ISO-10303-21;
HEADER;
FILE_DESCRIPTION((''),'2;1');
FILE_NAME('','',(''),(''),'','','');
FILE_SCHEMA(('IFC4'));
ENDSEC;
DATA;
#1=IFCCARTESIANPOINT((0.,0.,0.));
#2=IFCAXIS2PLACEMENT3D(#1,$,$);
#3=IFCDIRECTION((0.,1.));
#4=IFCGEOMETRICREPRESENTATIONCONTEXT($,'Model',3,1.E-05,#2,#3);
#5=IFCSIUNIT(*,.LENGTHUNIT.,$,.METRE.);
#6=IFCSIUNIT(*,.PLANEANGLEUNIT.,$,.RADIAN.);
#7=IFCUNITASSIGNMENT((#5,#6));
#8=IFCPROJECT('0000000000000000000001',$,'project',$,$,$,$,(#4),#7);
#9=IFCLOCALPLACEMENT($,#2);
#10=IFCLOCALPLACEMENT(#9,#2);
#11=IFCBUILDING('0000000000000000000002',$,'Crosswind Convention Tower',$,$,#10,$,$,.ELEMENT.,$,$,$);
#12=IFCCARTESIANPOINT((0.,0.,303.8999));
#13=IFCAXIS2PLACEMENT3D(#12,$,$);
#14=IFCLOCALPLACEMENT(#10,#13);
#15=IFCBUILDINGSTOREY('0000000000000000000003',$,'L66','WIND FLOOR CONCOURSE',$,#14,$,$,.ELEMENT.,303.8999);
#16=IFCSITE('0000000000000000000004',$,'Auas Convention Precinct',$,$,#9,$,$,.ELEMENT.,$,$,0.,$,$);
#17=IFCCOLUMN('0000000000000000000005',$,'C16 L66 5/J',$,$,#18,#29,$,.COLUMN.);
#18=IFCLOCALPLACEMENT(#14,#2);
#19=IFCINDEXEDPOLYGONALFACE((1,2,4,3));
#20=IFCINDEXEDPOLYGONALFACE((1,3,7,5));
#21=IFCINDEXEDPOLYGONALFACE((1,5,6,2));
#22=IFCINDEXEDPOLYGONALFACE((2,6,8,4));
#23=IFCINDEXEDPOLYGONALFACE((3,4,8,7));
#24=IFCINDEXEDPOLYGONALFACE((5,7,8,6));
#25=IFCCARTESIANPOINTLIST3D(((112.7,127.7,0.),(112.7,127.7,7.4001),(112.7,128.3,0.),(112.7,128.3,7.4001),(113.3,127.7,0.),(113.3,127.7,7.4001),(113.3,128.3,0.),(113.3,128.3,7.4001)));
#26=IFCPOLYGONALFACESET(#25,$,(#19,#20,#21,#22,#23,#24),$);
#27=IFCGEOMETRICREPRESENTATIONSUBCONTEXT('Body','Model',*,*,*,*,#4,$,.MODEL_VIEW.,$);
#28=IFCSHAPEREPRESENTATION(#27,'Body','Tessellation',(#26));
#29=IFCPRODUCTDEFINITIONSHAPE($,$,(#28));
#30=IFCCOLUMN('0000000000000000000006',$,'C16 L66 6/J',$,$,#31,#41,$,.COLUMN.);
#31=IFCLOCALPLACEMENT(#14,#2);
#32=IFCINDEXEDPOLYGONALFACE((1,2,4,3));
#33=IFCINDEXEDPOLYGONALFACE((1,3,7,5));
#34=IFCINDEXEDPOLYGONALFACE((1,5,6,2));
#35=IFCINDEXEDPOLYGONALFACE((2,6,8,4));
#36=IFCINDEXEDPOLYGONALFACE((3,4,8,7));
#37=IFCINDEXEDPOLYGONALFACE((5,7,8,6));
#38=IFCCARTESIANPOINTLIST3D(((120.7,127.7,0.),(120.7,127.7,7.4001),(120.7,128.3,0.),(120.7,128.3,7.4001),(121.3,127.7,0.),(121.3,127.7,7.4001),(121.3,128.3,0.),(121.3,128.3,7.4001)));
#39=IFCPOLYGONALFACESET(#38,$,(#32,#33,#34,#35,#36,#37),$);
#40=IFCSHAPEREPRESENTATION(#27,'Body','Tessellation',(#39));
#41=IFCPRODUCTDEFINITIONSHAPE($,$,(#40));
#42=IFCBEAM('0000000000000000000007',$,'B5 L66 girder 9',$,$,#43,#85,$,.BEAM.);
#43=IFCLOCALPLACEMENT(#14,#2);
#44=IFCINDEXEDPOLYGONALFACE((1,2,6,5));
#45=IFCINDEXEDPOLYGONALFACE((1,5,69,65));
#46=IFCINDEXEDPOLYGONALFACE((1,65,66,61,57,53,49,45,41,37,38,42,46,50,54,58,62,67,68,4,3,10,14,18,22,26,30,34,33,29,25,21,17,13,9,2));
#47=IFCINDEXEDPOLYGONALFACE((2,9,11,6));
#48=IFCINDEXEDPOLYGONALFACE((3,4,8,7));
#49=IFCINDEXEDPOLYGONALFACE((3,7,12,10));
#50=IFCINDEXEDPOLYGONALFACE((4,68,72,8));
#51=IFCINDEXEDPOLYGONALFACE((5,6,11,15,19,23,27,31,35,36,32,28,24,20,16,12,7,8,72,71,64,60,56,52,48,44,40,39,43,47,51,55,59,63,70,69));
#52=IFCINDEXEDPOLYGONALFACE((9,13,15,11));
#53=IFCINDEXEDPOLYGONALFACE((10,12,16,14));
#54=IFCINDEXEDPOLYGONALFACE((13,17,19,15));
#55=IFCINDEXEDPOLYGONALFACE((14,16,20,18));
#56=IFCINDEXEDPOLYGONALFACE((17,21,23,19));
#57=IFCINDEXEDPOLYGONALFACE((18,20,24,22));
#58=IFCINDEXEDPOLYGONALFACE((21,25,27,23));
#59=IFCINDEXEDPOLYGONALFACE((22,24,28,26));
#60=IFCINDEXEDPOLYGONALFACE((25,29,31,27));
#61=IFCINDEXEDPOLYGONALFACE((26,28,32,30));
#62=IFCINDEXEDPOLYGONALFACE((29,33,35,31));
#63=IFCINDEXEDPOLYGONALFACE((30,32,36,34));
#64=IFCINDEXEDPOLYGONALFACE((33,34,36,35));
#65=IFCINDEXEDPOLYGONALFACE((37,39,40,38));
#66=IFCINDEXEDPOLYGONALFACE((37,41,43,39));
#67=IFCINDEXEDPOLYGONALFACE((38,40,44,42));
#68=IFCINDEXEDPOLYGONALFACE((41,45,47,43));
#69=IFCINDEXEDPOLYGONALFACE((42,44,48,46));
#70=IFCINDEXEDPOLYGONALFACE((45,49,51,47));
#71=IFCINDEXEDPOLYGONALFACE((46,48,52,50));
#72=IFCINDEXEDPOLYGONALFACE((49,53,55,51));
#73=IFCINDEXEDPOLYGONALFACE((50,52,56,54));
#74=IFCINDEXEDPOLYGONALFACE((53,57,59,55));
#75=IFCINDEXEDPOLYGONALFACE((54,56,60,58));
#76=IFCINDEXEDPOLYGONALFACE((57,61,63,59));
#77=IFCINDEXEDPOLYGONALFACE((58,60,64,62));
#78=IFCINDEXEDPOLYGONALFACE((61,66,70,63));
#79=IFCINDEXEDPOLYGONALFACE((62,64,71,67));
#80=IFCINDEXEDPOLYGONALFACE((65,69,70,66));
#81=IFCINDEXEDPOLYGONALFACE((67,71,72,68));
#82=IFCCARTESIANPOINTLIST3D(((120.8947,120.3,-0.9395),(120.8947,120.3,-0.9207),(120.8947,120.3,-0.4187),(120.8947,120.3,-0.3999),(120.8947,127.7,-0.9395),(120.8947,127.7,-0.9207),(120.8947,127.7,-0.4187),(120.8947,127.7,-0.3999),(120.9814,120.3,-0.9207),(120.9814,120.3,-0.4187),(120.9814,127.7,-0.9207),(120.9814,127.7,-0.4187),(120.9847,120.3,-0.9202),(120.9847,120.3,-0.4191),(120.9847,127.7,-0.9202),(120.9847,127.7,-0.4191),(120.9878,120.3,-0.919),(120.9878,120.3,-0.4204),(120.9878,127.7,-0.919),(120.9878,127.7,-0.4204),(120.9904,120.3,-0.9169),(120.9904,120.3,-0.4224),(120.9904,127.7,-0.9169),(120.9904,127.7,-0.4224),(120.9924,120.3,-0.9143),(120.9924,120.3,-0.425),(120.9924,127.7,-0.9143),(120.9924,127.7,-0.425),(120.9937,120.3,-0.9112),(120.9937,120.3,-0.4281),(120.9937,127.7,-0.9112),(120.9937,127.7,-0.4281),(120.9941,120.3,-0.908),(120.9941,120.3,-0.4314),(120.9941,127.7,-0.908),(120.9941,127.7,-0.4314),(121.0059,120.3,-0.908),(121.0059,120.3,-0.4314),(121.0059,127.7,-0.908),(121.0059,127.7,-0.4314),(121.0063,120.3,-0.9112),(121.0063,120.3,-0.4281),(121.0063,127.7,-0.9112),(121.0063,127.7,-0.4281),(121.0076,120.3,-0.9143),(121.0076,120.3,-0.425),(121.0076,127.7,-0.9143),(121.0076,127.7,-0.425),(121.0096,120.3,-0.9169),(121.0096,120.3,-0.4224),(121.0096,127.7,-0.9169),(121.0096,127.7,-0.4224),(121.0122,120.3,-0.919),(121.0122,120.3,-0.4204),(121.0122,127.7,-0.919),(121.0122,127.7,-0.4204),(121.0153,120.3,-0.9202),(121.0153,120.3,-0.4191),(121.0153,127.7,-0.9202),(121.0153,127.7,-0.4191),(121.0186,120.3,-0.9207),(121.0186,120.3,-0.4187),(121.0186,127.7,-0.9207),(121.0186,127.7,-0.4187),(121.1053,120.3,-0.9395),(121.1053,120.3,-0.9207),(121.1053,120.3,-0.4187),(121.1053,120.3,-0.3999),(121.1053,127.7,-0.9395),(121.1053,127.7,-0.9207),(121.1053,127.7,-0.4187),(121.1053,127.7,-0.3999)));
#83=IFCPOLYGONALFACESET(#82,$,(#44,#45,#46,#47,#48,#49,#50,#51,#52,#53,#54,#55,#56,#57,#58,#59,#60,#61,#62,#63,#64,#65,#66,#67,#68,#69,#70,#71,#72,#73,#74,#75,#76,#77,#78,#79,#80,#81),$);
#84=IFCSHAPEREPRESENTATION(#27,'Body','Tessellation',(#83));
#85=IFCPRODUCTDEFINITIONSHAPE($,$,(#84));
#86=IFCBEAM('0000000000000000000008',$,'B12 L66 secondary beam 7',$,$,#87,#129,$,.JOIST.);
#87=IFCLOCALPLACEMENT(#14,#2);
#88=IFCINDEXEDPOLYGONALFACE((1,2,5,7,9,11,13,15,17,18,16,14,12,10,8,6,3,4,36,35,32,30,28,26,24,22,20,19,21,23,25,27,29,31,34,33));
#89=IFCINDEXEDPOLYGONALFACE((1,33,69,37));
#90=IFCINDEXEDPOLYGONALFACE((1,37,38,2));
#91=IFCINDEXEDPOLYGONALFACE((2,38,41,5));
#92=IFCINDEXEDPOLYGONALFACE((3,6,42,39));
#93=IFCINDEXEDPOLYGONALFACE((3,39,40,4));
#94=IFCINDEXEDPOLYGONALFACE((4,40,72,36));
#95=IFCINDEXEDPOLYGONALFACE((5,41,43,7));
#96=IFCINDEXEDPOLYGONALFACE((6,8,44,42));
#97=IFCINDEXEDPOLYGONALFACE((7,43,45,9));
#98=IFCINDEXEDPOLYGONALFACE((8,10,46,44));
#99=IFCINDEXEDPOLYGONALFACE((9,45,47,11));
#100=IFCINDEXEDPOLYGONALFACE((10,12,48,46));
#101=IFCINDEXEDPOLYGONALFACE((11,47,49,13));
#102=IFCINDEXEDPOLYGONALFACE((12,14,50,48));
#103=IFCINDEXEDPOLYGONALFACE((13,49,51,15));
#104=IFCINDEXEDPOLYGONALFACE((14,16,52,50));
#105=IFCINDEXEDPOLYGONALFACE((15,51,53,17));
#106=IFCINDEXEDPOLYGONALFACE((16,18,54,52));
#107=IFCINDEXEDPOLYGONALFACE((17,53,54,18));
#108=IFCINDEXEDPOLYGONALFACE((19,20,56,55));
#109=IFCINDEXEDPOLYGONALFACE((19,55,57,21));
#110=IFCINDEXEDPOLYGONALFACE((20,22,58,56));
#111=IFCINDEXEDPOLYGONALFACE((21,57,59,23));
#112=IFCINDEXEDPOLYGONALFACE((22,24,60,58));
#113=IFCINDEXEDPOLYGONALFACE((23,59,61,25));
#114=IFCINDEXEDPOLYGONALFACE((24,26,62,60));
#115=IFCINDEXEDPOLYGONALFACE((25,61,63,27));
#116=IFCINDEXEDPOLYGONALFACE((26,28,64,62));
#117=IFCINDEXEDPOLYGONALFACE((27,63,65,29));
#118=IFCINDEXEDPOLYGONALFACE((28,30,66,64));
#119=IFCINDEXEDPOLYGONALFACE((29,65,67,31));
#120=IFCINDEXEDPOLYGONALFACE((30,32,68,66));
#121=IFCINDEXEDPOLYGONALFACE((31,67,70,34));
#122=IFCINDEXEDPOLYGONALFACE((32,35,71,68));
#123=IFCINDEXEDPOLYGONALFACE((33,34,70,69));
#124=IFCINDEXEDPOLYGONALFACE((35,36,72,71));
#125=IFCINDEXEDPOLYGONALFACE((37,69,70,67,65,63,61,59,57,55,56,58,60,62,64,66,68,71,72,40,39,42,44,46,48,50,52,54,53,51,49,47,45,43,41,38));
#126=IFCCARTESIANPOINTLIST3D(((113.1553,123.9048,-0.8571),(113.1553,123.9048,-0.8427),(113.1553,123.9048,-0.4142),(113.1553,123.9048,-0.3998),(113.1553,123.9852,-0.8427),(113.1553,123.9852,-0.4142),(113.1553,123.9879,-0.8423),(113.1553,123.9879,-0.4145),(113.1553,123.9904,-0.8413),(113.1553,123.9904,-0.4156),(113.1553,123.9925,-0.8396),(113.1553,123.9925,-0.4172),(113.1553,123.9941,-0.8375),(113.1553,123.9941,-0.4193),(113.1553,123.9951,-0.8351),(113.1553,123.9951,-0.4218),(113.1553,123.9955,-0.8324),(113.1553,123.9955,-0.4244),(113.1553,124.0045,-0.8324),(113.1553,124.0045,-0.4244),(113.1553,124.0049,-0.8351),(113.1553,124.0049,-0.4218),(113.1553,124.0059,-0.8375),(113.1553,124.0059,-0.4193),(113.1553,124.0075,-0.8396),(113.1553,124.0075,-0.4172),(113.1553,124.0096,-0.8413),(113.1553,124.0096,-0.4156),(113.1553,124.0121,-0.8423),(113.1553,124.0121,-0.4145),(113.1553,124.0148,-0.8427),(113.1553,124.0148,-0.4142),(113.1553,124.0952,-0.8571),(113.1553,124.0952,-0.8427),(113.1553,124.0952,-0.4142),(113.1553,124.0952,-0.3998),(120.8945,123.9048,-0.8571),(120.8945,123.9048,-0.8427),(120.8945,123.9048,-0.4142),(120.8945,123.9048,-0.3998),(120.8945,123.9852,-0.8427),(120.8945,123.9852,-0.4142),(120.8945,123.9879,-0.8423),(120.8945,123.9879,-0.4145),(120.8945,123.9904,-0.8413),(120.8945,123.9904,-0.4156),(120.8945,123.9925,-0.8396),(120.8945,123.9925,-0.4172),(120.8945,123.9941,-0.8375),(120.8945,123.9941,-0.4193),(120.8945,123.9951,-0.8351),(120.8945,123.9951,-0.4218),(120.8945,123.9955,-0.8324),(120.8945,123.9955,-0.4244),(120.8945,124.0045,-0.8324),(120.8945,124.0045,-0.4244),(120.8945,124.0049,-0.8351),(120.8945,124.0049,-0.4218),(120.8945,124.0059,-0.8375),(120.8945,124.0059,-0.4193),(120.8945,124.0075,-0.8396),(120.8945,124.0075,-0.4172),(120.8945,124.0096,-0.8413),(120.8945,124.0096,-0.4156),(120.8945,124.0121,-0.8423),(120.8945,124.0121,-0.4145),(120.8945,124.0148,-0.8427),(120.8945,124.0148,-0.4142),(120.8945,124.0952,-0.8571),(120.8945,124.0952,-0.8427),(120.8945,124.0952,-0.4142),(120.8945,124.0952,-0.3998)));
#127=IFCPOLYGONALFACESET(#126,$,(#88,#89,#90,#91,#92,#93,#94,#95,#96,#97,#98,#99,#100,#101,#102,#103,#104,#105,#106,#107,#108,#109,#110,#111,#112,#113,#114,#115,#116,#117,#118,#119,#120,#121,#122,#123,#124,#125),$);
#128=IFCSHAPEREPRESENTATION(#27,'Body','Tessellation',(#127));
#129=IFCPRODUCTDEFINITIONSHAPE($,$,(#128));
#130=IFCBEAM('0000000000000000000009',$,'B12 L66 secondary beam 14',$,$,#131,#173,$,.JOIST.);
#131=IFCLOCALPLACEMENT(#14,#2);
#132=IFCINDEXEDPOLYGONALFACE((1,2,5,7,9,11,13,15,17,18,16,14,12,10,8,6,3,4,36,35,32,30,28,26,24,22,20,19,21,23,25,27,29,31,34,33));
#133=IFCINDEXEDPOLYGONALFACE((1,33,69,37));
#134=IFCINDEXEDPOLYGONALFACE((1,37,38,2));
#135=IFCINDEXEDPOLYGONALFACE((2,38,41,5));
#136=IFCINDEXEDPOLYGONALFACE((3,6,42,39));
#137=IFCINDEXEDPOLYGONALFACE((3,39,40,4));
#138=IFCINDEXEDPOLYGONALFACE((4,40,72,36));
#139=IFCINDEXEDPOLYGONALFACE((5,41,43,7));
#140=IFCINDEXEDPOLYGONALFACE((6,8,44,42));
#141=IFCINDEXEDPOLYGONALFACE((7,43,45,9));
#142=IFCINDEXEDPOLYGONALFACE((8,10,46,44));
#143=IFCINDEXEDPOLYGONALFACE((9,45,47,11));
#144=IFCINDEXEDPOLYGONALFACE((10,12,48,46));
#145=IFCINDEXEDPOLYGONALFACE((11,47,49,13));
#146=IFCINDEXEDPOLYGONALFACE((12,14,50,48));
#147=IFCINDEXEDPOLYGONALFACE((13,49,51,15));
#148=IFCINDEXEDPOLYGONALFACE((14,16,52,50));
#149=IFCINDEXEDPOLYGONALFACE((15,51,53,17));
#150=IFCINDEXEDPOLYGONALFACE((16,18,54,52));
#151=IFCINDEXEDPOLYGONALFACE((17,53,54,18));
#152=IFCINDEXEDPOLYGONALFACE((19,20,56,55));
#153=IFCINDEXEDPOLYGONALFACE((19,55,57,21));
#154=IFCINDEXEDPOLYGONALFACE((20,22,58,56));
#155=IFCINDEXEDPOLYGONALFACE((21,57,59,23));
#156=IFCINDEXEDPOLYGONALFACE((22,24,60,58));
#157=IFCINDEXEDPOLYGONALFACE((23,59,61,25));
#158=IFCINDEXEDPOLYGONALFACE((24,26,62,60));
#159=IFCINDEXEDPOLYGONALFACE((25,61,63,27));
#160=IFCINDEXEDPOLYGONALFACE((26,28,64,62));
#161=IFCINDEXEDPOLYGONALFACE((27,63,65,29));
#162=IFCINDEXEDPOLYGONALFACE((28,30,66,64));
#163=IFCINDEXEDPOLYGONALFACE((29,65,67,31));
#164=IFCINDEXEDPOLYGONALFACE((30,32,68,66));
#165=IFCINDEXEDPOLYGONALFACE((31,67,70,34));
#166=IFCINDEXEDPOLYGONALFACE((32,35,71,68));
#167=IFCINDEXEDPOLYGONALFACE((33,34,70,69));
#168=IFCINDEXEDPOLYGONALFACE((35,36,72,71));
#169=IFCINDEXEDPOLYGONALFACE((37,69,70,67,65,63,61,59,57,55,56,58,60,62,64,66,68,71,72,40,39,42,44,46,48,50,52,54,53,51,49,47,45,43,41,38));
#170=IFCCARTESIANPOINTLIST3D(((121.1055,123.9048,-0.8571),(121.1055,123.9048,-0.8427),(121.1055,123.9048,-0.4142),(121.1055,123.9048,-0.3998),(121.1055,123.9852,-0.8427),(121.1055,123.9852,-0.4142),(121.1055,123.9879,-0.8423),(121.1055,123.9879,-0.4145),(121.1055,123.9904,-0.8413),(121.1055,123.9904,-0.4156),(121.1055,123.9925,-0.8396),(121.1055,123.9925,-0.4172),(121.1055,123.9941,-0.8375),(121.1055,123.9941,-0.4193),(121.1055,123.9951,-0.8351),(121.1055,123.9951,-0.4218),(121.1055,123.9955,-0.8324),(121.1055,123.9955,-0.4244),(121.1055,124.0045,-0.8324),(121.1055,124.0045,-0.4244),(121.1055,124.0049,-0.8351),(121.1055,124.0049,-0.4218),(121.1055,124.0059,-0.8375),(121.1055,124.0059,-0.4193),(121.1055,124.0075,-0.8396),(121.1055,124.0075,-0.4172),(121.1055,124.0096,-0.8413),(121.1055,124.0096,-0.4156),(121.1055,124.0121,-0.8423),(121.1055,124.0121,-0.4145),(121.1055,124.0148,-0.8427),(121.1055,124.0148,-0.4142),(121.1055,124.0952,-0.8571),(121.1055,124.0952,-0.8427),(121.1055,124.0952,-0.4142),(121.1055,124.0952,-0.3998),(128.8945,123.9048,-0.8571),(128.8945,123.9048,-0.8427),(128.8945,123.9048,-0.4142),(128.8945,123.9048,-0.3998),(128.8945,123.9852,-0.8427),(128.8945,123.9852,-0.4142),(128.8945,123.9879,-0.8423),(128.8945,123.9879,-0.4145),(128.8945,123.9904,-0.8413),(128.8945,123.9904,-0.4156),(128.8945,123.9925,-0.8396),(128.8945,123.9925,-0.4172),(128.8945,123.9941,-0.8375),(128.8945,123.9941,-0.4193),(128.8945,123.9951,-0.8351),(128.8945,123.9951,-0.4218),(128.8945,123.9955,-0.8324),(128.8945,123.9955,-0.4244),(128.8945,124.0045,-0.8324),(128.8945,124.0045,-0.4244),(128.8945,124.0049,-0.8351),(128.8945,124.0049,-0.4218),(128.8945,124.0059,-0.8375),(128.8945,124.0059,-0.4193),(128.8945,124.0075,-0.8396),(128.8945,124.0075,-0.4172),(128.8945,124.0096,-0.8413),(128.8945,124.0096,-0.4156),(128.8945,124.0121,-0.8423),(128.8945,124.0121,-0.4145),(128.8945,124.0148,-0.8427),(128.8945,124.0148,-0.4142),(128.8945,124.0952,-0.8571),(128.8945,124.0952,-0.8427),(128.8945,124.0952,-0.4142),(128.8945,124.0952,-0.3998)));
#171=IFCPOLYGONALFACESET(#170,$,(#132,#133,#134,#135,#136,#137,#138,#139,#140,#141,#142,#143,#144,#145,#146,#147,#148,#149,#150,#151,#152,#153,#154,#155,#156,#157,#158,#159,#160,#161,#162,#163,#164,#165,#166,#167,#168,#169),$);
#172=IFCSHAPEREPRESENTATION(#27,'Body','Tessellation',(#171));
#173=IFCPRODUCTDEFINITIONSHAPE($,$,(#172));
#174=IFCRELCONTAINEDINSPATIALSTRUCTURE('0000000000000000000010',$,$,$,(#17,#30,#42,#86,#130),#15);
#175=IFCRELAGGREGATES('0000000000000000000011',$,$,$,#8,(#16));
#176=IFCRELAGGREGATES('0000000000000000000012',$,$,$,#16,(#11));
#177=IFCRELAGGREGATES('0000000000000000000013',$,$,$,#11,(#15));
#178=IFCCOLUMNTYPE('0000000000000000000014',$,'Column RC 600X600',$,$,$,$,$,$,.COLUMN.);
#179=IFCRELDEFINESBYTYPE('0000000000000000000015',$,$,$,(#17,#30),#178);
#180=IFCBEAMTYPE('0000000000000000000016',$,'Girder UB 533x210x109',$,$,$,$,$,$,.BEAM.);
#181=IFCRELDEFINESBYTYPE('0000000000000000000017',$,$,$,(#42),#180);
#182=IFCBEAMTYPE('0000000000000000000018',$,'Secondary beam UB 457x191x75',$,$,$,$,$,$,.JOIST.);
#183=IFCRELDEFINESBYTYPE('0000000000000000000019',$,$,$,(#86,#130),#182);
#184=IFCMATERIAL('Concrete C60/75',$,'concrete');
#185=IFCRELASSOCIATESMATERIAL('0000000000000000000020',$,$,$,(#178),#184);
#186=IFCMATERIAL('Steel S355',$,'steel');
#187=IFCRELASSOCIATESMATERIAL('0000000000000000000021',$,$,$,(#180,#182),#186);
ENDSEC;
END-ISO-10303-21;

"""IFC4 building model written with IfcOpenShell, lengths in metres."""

from ifc_helpers import new_model, si_unit, direction, frame, origin, origin_2d, place, context, subcontext, project, spatial, rectangle, i_section, extrude, material, material_profile, profile_set, type_object, element, save


model = new_model("IFC4")

# Units and contexts
model_context = context("Model", 3, precision=1e-05, world=origin(), true_north=direction((0.0, 1.0)))
body_context = subcontext(model_context, "Body", "Model", "MODEL_VIEW")
ifc_project = project(units=[si_unit("LENGTHUNIT", "METRE"), si_unit("PLANEANGLEUNIT", "RADIAN")], contexts=[model_context])

# Site, building, storey
site_placement = place(None, origin())
site = spatial("IfcSite", under=ifc_project, at=site_placement, Name="Auas Convention Precinct", CompositionType="ELEMENT", RefElevation=0.0)
building_placement = place(site_placement, origin())
building = spatial("IfcBuilding", under=site, at=building_placement, Name="Crosswind Convention Tower", CompositionType="ELEMENT")
storey_placement = place(building_placement, frame((0.0, 0.0, 303.8999)))
storey = spatial("IfcBuildingStorey", under=building, at=storey_placement, Name="L66", Description="WIND FLOOR CONCOURSE", CompositionType="ELEMENT", Elevation=303.8999)

# Columns
ifc_material_1 = material(Name="Concrete C60/75", Category="concrete")
ifc_material_profile_1 = material_profile(ifc_material_1, rectangle(XDim=0.6001, YDim=0.6001, at=origin_2d()), Name="RC 600X600")
ifc_profile_set_1 = profile_set([ifc_material_profile_1], Name="Concrete C60/75")
column_type = type_object("IfcColumnType", Name="Column RC 600X600", PredefinedType="COLUMN", material=ifc_profile_set_1)
for number, where, z_axis, x_axis, name in (
    (1, (113.0, 128.0, 0.0), (0.0, 0.0, 1.0), (1.0, 0.0, 0.0), "C16 L66 5/J"),
    (2, (121.0, 128.0, 0.0), (0.0, 0.0, 1.0), (1.0, 0.0, 0.0), "C16 L66 6/J"),
):
    element("IfcColumn", number, at=place(storey_placement, frame(where, z_axis=z_axis, x_axis=x_axis)), inside=storey, type_object=column_type, Name=name, PredefinedType="COLUMN", context=body_context, shape_type="SweptSolid", body=[
        extrude(rectangle(XDim=0.6001, YDim=0.6001, at=origin_2d()), origin(), (0.0, 0.0, 1.0), 7.4001),
    ])

# Beams
ifc_material_2 = material(Name="Steel S355", Category="steel")
ifc_material_profile_2 = material_profile(ifc_material_2, i_section(OverallWidth=0.2107, OverallDepth=0.5396, WebThickness=0.0117, FlangeThickness=0.0188, FilletRadius=0.0127, at=origin_2d()), Name="UB 533x210x109")
ifc_profile_set_2 = profile_set([ifc_material_profile_2], Name="Steel S355")
beam_type_1 = type_object("IfcBeamType", Name="Girder UB 533x210x109", PredefinedType="BEAM", material=ifc_profile_set_2)
beam_1_placement = place(storey_placement, frame((121.0, 120.3, -0.6697), z_axis=(0.0, 1.0, 0.0), x_axis=(-1.0, 0.0, 0.0)))
element("IfcBeam", 3, at=beam_1_placement, inside=storey, type_object=beam_type_1, Name="B5 L66 girder 9", PredefinedType="BEAM", context=body_context, shape_type="SweptSolid", body=[
    extrude(i_section(OverallWidth=0.2107, OverallDepth=0.5396, WebThickness=0.0117, FlangeThickness=0.0188, FilletRadius=0.0127, at=origin_2d()), origin(), (0.0, 0.0, 1.0), 7.3999),
])
ifc_material_profile_3 = material_profile(ifc_material_2, i_section(OverallWidth=0.1904, OverallDepth=0.4573, WebThickness=0.009, FlangeThickness=0.0144, FilletRadius=0.0103, at=origin_2d()), Name="UB 457x191x75")
ifc_profile_set_3 = profile_set([ifc_material_profile_3], Name="Steel S355")
beam_type_2 = type_object("IfcBeamType", Name="Secondary beam UB 457x191x75", PredefinedType="JOIST", material=ifc_profile_set_3)
beam_2_placement = place(storey_placement, frame((113.1553, 124.0, -0.6284), z_axis=(1.0, 0.0, 0.0), x_axis=(0.0, 1.0, 0.0)))
element("IfcBeam", 4, at=beam_2_placement, inside=storey, type_object=beam_type_2, Name="B12 L66 secondary beam 7", PredefinedType="JOIST", context=body_context, shape_type="SweptSolid", body=[
    extrude(i_section(OverallWidth=0.1904, OverallDepth=0.4573, WebThickness=0.009, FlangeThickness=0.0144, FilletRadius=0.0103, at=origin_2d()), origin(), (0.0, 0.0, 1.0), 7.7393),
])
beam_3_placement = place(storey_placement, frame((121.1055, 124.0, -0.6284), z_axis=(1.0, 0.0, 0.0), x_axis=(0.0, 1.0, 0.0)))
element("IfcBeam", 5, at=beam_3_placement, inside=storey, type_object=beam_type_2, Name="B12 L66 secondary beam 14", PredefinedType="JOIST", context=body_context, shape_type="SweptSolid", body=[
    extrude(i_section(OverallWidth=0.1904, OverallDepth=0.4573, WebThickness=0.009, FlangeThickness=0.0144, FilletRadius=0.0103, at=origin_2d()), origin(), (0.0, 0.0, 1.0), 7.7891),
])

save(model, "model.ifc")
